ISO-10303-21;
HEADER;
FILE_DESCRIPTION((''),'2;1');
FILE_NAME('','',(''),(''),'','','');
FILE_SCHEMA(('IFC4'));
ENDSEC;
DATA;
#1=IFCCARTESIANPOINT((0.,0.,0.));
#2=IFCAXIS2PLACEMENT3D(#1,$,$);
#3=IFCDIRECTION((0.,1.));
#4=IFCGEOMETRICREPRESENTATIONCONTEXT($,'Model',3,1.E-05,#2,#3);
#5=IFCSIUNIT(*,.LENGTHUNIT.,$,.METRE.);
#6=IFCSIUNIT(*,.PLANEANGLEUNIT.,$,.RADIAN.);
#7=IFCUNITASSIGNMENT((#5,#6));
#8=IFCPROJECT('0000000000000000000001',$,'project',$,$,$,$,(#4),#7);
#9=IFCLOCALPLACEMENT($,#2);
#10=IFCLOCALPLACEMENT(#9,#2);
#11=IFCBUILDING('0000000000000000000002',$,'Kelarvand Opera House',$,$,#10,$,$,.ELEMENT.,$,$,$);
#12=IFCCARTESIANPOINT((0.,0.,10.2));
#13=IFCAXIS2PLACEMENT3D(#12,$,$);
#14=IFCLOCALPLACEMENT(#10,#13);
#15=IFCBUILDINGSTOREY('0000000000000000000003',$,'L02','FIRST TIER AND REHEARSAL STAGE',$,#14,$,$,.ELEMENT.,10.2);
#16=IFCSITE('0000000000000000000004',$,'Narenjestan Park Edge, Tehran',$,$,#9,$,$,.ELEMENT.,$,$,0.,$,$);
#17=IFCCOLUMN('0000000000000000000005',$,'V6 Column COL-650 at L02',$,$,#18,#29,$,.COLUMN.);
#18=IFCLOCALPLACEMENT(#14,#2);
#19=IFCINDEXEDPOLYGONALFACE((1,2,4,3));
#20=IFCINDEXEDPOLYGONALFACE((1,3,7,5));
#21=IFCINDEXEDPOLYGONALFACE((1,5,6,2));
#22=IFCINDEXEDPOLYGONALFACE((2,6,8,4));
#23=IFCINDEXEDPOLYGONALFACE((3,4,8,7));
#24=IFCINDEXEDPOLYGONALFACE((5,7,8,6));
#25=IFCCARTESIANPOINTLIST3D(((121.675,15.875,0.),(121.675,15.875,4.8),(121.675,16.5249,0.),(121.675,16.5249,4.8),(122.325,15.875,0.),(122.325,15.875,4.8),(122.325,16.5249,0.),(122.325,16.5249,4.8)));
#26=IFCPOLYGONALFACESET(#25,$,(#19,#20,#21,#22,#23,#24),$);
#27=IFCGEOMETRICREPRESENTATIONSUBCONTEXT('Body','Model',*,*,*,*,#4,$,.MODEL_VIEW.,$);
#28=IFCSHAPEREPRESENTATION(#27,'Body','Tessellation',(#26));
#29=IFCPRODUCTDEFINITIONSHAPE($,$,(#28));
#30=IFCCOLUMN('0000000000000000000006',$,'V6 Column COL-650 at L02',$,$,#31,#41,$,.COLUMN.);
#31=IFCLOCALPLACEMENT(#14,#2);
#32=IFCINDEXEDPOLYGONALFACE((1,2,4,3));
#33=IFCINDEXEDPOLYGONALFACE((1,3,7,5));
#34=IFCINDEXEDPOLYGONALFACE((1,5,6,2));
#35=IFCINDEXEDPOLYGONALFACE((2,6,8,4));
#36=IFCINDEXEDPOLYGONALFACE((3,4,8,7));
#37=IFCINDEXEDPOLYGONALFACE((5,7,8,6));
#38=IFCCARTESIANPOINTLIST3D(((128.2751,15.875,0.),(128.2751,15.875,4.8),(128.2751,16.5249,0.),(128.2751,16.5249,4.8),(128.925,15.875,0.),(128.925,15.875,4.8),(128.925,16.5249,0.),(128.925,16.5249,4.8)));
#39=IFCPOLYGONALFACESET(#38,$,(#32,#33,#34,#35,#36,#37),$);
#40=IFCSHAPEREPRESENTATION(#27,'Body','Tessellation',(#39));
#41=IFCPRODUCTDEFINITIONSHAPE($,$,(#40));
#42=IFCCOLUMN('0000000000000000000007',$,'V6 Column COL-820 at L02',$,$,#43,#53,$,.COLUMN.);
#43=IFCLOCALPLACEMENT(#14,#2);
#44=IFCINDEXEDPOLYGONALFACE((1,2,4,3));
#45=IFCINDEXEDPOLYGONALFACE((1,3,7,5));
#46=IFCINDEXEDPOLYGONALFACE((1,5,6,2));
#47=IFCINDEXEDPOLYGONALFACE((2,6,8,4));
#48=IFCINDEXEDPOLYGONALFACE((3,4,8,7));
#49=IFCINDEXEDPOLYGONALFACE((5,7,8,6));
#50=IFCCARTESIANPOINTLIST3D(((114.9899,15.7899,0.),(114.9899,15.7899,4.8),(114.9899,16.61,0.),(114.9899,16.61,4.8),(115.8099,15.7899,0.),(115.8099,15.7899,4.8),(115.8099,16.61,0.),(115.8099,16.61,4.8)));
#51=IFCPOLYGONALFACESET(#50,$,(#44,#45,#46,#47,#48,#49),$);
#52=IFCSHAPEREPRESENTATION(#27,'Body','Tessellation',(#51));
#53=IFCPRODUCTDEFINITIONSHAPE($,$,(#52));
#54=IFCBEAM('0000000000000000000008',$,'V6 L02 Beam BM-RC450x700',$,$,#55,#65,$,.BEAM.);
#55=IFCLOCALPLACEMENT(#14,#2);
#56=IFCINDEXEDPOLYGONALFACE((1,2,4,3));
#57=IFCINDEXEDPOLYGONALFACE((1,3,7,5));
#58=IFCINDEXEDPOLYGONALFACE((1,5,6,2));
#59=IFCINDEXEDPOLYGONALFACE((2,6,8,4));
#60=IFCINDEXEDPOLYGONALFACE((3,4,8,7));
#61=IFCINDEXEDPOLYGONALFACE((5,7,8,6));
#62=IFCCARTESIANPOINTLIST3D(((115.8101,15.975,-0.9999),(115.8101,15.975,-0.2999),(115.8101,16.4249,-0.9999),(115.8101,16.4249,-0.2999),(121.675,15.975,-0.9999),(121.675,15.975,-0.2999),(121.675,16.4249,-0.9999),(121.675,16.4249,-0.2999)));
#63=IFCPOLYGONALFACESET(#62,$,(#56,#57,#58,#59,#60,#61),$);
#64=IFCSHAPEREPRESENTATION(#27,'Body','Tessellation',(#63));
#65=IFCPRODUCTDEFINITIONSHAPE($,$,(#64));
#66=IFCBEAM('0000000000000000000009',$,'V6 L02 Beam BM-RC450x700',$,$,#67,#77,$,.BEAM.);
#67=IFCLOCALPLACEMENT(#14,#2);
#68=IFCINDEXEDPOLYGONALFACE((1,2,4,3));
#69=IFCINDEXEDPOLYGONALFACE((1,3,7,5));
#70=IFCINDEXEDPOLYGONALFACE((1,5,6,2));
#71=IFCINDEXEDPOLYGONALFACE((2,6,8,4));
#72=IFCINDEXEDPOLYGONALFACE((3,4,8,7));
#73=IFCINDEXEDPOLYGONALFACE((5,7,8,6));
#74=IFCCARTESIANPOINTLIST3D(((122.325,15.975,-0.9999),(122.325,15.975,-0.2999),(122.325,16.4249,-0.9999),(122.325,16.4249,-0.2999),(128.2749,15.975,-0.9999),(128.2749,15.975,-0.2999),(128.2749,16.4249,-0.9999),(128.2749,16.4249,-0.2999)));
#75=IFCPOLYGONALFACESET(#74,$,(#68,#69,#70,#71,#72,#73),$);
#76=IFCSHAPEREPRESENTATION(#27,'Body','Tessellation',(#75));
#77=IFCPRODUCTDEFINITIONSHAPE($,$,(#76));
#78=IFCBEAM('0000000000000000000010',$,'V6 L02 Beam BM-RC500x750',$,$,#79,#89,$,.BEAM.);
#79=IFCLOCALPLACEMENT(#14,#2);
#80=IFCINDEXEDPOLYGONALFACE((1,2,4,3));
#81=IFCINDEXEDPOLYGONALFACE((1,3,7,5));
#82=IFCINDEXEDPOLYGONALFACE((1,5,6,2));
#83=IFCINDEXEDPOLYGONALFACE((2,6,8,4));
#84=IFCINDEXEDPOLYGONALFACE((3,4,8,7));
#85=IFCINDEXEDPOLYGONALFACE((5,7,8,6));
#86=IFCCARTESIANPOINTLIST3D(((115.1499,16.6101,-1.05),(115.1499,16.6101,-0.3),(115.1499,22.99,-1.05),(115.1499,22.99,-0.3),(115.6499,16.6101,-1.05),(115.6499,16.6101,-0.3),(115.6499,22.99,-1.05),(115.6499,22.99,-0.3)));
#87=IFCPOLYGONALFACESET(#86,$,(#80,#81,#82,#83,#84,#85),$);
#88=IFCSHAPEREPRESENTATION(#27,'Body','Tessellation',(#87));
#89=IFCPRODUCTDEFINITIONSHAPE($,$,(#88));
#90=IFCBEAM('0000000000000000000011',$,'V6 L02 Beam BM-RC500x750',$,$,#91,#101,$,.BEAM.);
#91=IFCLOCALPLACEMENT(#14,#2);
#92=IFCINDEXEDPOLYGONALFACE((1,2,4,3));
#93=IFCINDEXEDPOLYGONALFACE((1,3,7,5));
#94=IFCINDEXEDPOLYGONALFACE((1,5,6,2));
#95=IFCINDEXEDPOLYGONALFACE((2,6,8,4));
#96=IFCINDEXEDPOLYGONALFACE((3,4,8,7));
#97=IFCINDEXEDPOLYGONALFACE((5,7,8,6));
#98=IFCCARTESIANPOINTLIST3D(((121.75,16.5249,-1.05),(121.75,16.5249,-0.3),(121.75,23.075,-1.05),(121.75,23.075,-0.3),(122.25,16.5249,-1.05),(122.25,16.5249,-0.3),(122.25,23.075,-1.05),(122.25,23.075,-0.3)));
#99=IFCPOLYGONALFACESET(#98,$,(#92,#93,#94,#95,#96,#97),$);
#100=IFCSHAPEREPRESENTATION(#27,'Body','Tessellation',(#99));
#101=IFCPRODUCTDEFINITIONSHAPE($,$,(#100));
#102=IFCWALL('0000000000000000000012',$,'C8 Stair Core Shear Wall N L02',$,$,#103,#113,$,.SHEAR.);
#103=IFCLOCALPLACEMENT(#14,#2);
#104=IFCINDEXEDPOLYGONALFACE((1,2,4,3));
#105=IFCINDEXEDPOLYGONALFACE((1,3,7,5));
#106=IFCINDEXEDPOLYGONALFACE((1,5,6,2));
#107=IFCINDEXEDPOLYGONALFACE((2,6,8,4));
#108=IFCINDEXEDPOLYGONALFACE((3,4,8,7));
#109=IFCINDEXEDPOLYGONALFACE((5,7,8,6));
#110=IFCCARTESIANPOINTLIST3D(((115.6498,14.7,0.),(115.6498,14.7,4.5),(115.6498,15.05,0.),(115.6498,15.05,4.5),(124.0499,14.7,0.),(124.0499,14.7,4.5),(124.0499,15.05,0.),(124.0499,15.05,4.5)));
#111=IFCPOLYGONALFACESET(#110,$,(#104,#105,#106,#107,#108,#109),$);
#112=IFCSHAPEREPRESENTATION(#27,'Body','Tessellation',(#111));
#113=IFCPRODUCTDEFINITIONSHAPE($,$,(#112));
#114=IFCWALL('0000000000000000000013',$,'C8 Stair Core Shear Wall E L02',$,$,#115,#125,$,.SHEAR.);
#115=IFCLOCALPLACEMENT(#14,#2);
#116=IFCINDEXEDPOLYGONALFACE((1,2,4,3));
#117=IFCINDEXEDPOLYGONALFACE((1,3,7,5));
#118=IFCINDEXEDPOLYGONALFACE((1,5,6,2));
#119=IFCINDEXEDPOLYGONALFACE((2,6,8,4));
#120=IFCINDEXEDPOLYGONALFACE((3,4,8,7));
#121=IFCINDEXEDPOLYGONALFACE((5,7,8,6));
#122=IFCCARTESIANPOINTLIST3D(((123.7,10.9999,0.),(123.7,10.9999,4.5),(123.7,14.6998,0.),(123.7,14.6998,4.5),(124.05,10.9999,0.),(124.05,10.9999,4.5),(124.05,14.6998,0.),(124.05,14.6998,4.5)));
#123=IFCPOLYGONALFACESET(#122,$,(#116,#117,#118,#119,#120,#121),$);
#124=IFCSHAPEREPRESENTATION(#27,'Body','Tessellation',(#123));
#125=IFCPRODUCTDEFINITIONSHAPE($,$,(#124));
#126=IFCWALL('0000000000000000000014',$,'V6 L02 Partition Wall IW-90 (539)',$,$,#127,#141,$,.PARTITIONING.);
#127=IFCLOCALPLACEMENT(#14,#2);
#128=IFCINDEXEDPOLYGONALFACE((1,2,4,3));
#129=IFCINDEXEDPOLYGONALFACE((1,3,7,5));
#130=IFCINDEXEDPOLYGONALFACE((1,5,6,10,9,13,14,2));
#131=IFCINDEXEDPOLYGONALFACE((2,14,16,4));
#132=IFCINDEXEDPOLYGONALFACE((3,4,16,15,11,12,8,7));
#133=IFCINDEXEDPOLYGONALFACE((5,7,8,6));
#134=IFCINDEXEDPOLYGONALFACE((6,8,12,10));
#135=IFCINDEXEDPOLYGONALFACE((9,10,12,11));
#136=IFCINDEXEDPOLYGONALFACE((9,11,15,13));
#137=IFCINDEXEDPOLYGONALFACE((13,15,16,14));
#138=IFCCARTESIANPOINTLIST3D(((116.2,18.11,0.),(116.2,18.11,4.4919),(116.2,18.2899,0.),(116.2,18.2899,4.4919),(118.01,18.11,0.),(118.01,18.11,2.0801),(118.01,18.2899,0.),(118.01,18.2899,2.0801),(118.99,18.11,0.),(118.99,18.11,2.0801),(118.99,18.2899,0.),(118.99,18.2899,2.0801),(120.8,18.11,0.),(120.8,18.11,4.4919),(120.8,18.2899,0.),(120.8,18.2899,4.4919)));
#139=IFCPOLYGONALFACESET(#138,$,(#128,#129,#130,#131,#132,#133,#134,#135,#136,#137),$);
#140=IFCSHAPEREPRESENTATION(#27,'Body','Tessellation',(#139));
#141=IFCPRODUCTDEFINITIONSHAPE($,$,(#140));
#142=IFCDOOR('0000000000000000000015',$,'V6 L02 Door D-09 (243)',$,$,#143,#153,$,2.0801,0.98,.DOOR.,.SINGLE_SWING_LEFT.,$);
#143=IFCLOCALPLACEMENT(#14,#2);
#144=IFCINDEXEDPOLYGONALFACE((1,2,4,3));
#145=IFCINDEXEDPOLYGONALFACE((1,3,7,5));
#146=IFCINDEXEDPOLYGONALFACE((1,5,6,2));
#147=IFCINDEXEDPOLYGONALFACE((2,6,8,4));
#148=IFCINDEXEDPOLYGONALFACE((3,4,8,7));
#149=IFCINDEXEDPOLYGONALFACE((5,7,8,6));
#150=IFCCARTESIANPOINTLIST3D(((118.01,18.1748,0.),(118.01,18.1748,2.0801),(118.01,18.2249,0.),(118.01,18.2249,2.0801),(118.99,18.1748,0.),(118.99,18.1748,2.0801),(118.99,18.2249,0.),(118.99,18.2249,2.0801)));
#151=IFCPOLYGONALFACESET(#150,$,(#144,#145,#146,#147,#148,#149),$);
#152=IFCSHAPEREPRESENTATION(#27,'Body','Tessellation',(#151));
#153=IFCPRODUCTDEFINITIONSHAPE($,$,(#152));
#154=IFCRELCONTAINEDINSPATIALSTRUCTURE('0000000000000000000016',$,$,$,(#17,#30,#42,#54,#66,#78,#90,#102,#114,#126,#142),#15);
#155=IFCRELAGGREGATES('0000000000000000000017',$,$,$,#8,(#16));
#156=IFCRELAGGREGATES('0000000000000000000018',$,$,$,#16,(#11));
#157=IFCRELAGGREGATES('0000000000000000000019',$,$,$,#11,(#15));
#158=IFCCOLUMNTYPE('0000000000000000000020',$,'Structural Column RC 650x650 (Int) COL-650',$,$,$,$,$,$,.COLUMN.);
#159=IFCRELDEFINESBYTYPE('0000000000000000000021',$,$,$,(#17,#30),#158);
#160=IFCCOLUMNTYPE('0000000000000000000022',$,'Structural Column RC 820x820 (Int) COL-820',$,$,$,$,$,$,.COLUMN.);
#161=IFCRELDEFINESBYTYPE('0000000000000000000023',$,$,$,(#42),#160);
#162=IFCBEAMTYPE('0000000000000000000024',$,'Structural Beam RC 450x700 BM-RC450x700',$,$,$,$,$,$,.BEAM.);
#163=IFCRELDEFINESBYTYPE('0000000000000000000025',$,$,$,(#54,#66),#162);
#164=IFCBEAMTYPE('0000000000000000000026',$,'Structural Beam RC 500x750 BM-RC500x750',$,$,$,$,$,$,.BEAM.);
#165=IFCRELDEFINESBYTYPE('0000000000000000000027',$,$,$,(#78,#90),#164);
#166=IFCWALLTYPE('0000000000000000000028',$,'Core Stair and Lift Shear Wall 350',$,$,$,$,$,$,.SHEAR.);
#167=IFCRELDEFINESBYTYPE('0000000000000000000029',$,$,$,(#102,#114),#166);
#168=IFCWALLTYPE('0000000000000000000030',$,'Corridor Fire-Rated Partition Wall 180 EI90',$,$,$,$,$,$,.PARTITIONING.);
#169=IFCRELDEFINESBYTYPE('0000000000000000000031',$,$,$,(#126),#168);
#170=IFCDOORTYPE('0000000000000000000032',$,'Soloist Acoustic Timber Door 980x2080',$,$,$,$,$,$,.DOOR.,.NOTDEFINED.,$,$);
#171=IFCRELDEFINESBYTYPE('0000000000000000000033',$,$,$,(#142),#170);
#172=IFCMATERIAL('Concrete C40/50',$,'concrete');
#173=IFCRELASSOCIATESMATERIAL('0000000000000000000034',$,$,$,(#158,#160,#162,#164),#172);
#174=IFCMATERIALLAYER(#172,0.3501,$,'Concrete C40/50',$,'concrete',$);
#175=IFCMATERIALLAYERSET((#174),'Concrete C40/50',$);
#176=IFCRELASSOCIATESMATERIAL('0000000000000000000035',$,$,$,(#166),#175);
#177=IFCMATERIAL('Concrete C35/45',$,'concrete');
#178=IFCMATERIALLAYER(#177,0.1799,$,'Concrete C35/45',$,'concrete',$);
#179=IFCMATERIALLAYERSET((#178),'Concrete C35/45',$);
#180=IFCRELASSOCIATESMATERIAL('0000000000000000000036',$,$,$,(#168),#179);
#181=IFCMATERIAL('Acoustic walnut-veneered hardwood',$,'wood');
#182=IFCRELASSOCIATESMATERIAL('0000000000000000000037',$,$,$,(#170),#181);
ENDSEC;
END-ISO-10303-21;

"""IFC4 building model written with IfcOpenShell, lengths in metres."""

from ifc_helpers import new_model, si_unit, direction, frame, frame_2d, origin, origin_2d, place, context, subcontext, project, spatial, rectangle, extrude, material, layer, layer_set, material_profile, profile_set, type_object, element, fill, save


model = new_model("IFC4")

# Units and contexts
model_context = context("Model", 3, precision=1e-05, world=origin(), true_north=direction((0.0, 1.0)))
body_context = subcontext(model_context, "Body", "Model", "MODEL_VIEW")
ifc_project = project(units=[si_unit("LENGTHUNIT", "METRE"), si_unit("PLANEANGLEUNIT", "RADIAN")], contexts=[model_context])

# Site, building, storey
site_placement = place(None, origin())
site = spatial("IfcSite", under=ifc_project, at=site_placement, Name="Narenjestan Park Edge, Tehran", CompositionType="ELEMENT", RefElevation=0.0)
building_placement = place(site_placement, origin())
building = spatial("IfcBuilding", under=site, at=building_placement, Name="Kelarvand Opera House", CompositionType="ELEMENT")
storey_placement = place(building_placement, frame((0.0, 0.0, 10.2)))
storey = spatial("IfcBuildingStorey", under=building, at=storey_placement, Name="L02", Description="FIRST TIER AND REHEARSAL STAGE", CompositionType="ELEMENT", Elevation=10.2)

# Columns
ifc_material_1 = material(Name="Concrete C40/50", Category="concrete")
ifc_material_profile_1 = material_profile(ifc_material_1, rectangle(XDim=0.6499, YDim=0.6499, at=origin_2d()), Name="RC 650x650", Category="concrete")
ifc_profile_set_1 = profile_set([ifc_material_profile_1], Name="Concrete C40/50")
column_type_1 = type_object("IfcColumnType", Name="Structural Column RC 650x650 (Int) COL-650", PredefinedType="COLUMN", material=ifc_profile_set_1)
for number, where, z_axis, x_axis, name in (
    (1, (122.0, 16.2, 0.0), (0.0, 0.0, 1.0), (1.0, 0.0, 0.0), "V6 Column COL-650 at L02"),
    (2, (128.6001, 16.2, 0.0), (0.0, 0.0, 1.0), (1.0, 0.0, 0.0), "V6 Column COL-650 at L02"),
):
    element("IfcColumn", number, at=place(storey_placement, frame(where, z_axis=z_axis, x_axis=x_axis)), inside=storey, type_object=column_type_1, Name=name, PredefinedType="COLUMN", context=body_context, shape_type="SweptSolid", body=[
        extrude(rectangle(XDim=0.6499, YDim=0.6499, at=origin_2d()), origin(), (0.0, 0.0, 1.0), 4.8),
    ])
ifc_material_profile_2 = material_profile(ifc_material_1, rectangle(XDim=0.8201, YDim=0.8201, at=origin_2d()), Name="RC 820x820", Category="concrete")
ifc_profile_set_2 = profile_set([ifc_material_profile_2], Name="Concrete C40/50")
column_type_2 = type_object("IfcColumnType", Name="Structural Column RC 820x820 (Int) COL-820", PredefinedType="COLUMN", material=ifc_profile_set_2)
column_placement = place(storey_placement, frame((115.3999, 16.2, 0.0), z_axis=(0.0, 0.0, 1.0), x_axis=(1.0, 0.0, 0.0)))
element("IfcColumn", 3, at=column_placement, inside=storey, type_object=column_type_2, Name="V6 Column COL-820 at L02", PredefinedType="COLUMN", context=body_context, shape_type="SweptSolid", body=[
    extrude(rectangle(XDim=0.8201, YDim=0.8201, at=origin_2d()), origin(), (0.0, 0.0, 1.0), 4.8),
])

# Beams
ifc_material_profile_3 = material_profile(ifc_material_1, rectangle(XDim=0.45, YDim=0.7, at=origin_2d()), Name="RC 450x700", Category="concrete")
ifc_profile_set_3 = profile_set([ifc_material_profile_3], Name="Concrete C40/50")
beam_type_1 = type_object("IfcBeamType", Name="Structural Beam RC 450x700 BM-RC450x700", PredefinedType="BEAM", material=ifc_profile_set_3)
beam_1_placement = place(storey_placement, frame((115.8101, 16.2, -0.6499), z_axis=(1.0, 0.0, 0.0), x_axis=(0.0, 1.0, 0.0)))
element("IfcBeam", 4, at=beam_1_placement, inside=storey, type_object=beam_type_1, Name="V6 L02 Beam BM-RC450x700", PredefinedType="BEAM", context=body_context, shape_type="SweptSolid", body=[
    extrude(rectangle(XDim=0.45, YDim=0.7, at=origin_2d()), origin(), (0.0, 0.0, 1.0), 5.865),
])
beam_2_placement = place(storey_placement, frame((122.325, 16.2, -0.6499), z_axis=(1.0, 0.0, 0.0), x_axis=(0.0, 1.0, 0.0)))
element("IfcBeam", 5, at=beam_2_placement, inside=storey, type_object=beam_type_1, Name="V6 L02 Beam BM-RC450x700", PredefinedType="BEAM", context=body_context, shape_type="SweptSolid", body=[
    extrude(rectangle(XDim=0.45, YDim=0.7, at=origin_2d()), origin(), (0.0, 0.0, 1.0), 5.95),
])
ifc_material_profile_4 = material_profile(ifc_material_1, rectangle(XDim=0.5, YDim=0.75, at=origin_2d()), Name="RC 500x750", Category="concrete")
ifc_profile_set_4 = profile_set([ifc_material_profile_4], Name="Concrete C40/50")
beam_type_2 = type_object("IfcBeamType", Name="Structural Beam RC 500x750 BM-RC500x750", PredefinedType="BEAM", material=ifc_profile_set_4)
beam_3_placement = place(storey_placement, frame((115.3999, 16.6101, -0.675), z_axis=(0.0, 1.0, 0.0), x_axis=(-1.0, 0.0, 0.0)))
element("IfcBeam", 6, at=beam_3_placement, inside=storey, type_object=beam_type_2, Name="V6 L02 Beam BM-RC500x750", PredefinedType="BEAM", context=body_context, shape_type="SweptSolid", body=[
    extrude(rectangle(XDim=0.5, YDim=0.75, at=origin_2d()), origin(), (0.0, 0.0, 1.0), 6.3799),
])
beam_4_placement = place(storey_placement, frame((122.0, 16.5249, -0.675), z_axis=(0.0, 1.0, 0.0), x_axis=(-1.0, 0.0, 0.0)))
element("IfcBeam", 7, at=beam_4_placement, inside=storey, type_object=beam_type_2, Name="V6 L02 Beam BM-RC500x750", PredefinedType="BEAM", context=body_context, shape_type="SweptSolid", body=[
    extrude(rectangle(XDim=0.5, YDim=0.75, at=origin_2d()), origin(), (0.0, 0.0, 1.0), 6.55),
])

# Walls
ifc_layer_1 = layer(ifc_material_1, 0.3501, Name="Concrete C40/50", Category="concrete")
ifc_layer_set_1 = layer_set([ifc_layer_1], Name="Concrete C40/50")
wall_type_1 = type_object("IfcWallType", Name="Core Stair and Lift Shear Wall 350", PredefinedType="SHEAR", material=ifc_layer_set_1)
wall_1_placement = place(storey_placement, frame((124.05, 14.875, 0.0), z_axis=(0.0, 0.0, 1.0), x_axis=(-1.0, 0.0, 0.0)))
element("IfcWall", 8, at=wall_1_placement, inside=storey, type_object=wall_type_1, Name="C8 Stair Core Shear Wall N L02", PredefinedType="SHEAR", context=body_context, shape_type="SweptSolid", body=[
    extrude(rectangle(XDim=8.4001, YDim=0.3501, at=frame_2d((4.2002, 0.0))), origin(), (0.0, 0.0, 1.0), 4.5),
])
wall_2_placement = place(storey_placement, frame((123.875, 14.7, 0.0), z_axis=(0.0, 0.0, 1.0), x_axis=(0.0, -1.0, 0.0)))
element("IfcWall", 9, at=wall_2_placement, inside=storey, type_object=wall_type_1, Name="C8 Stair Core Shear Wall E L02", PredefinedType="SHEAR", context=body_context, shape_type="SweptSolid", body=[
    extrude(rectangle(XDim=3.7, YDim=0.3501, at=frame_2d((1.8501, 0.0))), origin(), (0.0, 0.0, 1.0), 4.5),
])

# Wall, opening, door
ifc_material_2 = material(Name="Concrete C35/45", Category="concrete")
ifc_layer_2 = layer(ifc_material_2, 0.1799, Name="Concrete C35/45", Category="concrete")
ifc_layer_set_2 = layer_set([ifc_layer_2], Name="Concrete C35/45")
wall_type_2 = type_object("IfcWallType", Name="Corridor Fire-Rated Partition Wall 180 EI90", PredefinedType="PARTITIONING", material=ifc_layer_set_2)
wall_3_placement = place(storey_placement, frame((116.2, 18.2, 0.0), z_axis=(0.0, 0.0, 1.0), x_axis=(1.0, 0.0, 0.0)))
wall_3 = element("IfcWall", 10, at=wall_3_placement, inside=storey, type_object=wall_type_2, Name="V6 L02 Partition Wall IW-90 (539)", PredefinedType="PARTITIONING", context=body_context, shape_type="SweptSolid", body=[
    extrude(rectangle(XDim=4.6001, YDim=0.1799, at=frame_2d((2.3, 0.0))), origin(), (0.0, 0.0, 1.0), 4.4919),
])
opening_1_placement = place(wall_3_placement, frame((1.8101, 0.0, 0.0)))
opening_1 = element("IfcOpeningElement", 11, at=opening_1_placement, cuts=wall_3, PredefinedType="OPENING", context=body_context, shape_type="SweptSolid", body=[
    extrude(rectangle(XDim=0.98, YDim=2.0801, at=frame_2d((0.49, 1.04))), frame((0.0, 0.1001, 0.0), z_axis=(0.0, -1.0, 0.0), x_axis=(1.0, 0.0, 0.0)), (0.0, 0.0, 1.0), 0.2),
])
ifc_material_3 = material(Name="Acoustic walnut-veneered hardwood", Category="wood")
door_type_1 = type_object("IfcDoorType", Name="Soloist Acoustic Timber Door 980x2080", OperationType="NOTDEFINED", PredefinedType="DOOR", material=ifc_material_3)
door_1_placement = place(opening_1_placement, origin())
door_1 = element("IfcDoor", 12, at=door_1_placement, inside=storey, type_object=door_type_1, Name="V6 L02 Door D-09 (243)", OperationType="SINGLE_SWING_LEFT", OverallHeight=2.0801, OverallWidth=0.98, PredefinedType="DOOR", context=body_context, shape_type="SweptSolid", body=[
    extrude(rectangle(XDim=0.98, YDim=2.0801, at=frame_2d((0.49, 1.04))), frame((0.0, 0.0249, 0.0), z_axis=(0.0, -1.0, 0.0), x_axis=(1.0, 0.0, 0.0)), (0.0, 0.0, 1.0), 0.05),
])
fill(opening_1, door_1)

save(model, "model.ifc")
